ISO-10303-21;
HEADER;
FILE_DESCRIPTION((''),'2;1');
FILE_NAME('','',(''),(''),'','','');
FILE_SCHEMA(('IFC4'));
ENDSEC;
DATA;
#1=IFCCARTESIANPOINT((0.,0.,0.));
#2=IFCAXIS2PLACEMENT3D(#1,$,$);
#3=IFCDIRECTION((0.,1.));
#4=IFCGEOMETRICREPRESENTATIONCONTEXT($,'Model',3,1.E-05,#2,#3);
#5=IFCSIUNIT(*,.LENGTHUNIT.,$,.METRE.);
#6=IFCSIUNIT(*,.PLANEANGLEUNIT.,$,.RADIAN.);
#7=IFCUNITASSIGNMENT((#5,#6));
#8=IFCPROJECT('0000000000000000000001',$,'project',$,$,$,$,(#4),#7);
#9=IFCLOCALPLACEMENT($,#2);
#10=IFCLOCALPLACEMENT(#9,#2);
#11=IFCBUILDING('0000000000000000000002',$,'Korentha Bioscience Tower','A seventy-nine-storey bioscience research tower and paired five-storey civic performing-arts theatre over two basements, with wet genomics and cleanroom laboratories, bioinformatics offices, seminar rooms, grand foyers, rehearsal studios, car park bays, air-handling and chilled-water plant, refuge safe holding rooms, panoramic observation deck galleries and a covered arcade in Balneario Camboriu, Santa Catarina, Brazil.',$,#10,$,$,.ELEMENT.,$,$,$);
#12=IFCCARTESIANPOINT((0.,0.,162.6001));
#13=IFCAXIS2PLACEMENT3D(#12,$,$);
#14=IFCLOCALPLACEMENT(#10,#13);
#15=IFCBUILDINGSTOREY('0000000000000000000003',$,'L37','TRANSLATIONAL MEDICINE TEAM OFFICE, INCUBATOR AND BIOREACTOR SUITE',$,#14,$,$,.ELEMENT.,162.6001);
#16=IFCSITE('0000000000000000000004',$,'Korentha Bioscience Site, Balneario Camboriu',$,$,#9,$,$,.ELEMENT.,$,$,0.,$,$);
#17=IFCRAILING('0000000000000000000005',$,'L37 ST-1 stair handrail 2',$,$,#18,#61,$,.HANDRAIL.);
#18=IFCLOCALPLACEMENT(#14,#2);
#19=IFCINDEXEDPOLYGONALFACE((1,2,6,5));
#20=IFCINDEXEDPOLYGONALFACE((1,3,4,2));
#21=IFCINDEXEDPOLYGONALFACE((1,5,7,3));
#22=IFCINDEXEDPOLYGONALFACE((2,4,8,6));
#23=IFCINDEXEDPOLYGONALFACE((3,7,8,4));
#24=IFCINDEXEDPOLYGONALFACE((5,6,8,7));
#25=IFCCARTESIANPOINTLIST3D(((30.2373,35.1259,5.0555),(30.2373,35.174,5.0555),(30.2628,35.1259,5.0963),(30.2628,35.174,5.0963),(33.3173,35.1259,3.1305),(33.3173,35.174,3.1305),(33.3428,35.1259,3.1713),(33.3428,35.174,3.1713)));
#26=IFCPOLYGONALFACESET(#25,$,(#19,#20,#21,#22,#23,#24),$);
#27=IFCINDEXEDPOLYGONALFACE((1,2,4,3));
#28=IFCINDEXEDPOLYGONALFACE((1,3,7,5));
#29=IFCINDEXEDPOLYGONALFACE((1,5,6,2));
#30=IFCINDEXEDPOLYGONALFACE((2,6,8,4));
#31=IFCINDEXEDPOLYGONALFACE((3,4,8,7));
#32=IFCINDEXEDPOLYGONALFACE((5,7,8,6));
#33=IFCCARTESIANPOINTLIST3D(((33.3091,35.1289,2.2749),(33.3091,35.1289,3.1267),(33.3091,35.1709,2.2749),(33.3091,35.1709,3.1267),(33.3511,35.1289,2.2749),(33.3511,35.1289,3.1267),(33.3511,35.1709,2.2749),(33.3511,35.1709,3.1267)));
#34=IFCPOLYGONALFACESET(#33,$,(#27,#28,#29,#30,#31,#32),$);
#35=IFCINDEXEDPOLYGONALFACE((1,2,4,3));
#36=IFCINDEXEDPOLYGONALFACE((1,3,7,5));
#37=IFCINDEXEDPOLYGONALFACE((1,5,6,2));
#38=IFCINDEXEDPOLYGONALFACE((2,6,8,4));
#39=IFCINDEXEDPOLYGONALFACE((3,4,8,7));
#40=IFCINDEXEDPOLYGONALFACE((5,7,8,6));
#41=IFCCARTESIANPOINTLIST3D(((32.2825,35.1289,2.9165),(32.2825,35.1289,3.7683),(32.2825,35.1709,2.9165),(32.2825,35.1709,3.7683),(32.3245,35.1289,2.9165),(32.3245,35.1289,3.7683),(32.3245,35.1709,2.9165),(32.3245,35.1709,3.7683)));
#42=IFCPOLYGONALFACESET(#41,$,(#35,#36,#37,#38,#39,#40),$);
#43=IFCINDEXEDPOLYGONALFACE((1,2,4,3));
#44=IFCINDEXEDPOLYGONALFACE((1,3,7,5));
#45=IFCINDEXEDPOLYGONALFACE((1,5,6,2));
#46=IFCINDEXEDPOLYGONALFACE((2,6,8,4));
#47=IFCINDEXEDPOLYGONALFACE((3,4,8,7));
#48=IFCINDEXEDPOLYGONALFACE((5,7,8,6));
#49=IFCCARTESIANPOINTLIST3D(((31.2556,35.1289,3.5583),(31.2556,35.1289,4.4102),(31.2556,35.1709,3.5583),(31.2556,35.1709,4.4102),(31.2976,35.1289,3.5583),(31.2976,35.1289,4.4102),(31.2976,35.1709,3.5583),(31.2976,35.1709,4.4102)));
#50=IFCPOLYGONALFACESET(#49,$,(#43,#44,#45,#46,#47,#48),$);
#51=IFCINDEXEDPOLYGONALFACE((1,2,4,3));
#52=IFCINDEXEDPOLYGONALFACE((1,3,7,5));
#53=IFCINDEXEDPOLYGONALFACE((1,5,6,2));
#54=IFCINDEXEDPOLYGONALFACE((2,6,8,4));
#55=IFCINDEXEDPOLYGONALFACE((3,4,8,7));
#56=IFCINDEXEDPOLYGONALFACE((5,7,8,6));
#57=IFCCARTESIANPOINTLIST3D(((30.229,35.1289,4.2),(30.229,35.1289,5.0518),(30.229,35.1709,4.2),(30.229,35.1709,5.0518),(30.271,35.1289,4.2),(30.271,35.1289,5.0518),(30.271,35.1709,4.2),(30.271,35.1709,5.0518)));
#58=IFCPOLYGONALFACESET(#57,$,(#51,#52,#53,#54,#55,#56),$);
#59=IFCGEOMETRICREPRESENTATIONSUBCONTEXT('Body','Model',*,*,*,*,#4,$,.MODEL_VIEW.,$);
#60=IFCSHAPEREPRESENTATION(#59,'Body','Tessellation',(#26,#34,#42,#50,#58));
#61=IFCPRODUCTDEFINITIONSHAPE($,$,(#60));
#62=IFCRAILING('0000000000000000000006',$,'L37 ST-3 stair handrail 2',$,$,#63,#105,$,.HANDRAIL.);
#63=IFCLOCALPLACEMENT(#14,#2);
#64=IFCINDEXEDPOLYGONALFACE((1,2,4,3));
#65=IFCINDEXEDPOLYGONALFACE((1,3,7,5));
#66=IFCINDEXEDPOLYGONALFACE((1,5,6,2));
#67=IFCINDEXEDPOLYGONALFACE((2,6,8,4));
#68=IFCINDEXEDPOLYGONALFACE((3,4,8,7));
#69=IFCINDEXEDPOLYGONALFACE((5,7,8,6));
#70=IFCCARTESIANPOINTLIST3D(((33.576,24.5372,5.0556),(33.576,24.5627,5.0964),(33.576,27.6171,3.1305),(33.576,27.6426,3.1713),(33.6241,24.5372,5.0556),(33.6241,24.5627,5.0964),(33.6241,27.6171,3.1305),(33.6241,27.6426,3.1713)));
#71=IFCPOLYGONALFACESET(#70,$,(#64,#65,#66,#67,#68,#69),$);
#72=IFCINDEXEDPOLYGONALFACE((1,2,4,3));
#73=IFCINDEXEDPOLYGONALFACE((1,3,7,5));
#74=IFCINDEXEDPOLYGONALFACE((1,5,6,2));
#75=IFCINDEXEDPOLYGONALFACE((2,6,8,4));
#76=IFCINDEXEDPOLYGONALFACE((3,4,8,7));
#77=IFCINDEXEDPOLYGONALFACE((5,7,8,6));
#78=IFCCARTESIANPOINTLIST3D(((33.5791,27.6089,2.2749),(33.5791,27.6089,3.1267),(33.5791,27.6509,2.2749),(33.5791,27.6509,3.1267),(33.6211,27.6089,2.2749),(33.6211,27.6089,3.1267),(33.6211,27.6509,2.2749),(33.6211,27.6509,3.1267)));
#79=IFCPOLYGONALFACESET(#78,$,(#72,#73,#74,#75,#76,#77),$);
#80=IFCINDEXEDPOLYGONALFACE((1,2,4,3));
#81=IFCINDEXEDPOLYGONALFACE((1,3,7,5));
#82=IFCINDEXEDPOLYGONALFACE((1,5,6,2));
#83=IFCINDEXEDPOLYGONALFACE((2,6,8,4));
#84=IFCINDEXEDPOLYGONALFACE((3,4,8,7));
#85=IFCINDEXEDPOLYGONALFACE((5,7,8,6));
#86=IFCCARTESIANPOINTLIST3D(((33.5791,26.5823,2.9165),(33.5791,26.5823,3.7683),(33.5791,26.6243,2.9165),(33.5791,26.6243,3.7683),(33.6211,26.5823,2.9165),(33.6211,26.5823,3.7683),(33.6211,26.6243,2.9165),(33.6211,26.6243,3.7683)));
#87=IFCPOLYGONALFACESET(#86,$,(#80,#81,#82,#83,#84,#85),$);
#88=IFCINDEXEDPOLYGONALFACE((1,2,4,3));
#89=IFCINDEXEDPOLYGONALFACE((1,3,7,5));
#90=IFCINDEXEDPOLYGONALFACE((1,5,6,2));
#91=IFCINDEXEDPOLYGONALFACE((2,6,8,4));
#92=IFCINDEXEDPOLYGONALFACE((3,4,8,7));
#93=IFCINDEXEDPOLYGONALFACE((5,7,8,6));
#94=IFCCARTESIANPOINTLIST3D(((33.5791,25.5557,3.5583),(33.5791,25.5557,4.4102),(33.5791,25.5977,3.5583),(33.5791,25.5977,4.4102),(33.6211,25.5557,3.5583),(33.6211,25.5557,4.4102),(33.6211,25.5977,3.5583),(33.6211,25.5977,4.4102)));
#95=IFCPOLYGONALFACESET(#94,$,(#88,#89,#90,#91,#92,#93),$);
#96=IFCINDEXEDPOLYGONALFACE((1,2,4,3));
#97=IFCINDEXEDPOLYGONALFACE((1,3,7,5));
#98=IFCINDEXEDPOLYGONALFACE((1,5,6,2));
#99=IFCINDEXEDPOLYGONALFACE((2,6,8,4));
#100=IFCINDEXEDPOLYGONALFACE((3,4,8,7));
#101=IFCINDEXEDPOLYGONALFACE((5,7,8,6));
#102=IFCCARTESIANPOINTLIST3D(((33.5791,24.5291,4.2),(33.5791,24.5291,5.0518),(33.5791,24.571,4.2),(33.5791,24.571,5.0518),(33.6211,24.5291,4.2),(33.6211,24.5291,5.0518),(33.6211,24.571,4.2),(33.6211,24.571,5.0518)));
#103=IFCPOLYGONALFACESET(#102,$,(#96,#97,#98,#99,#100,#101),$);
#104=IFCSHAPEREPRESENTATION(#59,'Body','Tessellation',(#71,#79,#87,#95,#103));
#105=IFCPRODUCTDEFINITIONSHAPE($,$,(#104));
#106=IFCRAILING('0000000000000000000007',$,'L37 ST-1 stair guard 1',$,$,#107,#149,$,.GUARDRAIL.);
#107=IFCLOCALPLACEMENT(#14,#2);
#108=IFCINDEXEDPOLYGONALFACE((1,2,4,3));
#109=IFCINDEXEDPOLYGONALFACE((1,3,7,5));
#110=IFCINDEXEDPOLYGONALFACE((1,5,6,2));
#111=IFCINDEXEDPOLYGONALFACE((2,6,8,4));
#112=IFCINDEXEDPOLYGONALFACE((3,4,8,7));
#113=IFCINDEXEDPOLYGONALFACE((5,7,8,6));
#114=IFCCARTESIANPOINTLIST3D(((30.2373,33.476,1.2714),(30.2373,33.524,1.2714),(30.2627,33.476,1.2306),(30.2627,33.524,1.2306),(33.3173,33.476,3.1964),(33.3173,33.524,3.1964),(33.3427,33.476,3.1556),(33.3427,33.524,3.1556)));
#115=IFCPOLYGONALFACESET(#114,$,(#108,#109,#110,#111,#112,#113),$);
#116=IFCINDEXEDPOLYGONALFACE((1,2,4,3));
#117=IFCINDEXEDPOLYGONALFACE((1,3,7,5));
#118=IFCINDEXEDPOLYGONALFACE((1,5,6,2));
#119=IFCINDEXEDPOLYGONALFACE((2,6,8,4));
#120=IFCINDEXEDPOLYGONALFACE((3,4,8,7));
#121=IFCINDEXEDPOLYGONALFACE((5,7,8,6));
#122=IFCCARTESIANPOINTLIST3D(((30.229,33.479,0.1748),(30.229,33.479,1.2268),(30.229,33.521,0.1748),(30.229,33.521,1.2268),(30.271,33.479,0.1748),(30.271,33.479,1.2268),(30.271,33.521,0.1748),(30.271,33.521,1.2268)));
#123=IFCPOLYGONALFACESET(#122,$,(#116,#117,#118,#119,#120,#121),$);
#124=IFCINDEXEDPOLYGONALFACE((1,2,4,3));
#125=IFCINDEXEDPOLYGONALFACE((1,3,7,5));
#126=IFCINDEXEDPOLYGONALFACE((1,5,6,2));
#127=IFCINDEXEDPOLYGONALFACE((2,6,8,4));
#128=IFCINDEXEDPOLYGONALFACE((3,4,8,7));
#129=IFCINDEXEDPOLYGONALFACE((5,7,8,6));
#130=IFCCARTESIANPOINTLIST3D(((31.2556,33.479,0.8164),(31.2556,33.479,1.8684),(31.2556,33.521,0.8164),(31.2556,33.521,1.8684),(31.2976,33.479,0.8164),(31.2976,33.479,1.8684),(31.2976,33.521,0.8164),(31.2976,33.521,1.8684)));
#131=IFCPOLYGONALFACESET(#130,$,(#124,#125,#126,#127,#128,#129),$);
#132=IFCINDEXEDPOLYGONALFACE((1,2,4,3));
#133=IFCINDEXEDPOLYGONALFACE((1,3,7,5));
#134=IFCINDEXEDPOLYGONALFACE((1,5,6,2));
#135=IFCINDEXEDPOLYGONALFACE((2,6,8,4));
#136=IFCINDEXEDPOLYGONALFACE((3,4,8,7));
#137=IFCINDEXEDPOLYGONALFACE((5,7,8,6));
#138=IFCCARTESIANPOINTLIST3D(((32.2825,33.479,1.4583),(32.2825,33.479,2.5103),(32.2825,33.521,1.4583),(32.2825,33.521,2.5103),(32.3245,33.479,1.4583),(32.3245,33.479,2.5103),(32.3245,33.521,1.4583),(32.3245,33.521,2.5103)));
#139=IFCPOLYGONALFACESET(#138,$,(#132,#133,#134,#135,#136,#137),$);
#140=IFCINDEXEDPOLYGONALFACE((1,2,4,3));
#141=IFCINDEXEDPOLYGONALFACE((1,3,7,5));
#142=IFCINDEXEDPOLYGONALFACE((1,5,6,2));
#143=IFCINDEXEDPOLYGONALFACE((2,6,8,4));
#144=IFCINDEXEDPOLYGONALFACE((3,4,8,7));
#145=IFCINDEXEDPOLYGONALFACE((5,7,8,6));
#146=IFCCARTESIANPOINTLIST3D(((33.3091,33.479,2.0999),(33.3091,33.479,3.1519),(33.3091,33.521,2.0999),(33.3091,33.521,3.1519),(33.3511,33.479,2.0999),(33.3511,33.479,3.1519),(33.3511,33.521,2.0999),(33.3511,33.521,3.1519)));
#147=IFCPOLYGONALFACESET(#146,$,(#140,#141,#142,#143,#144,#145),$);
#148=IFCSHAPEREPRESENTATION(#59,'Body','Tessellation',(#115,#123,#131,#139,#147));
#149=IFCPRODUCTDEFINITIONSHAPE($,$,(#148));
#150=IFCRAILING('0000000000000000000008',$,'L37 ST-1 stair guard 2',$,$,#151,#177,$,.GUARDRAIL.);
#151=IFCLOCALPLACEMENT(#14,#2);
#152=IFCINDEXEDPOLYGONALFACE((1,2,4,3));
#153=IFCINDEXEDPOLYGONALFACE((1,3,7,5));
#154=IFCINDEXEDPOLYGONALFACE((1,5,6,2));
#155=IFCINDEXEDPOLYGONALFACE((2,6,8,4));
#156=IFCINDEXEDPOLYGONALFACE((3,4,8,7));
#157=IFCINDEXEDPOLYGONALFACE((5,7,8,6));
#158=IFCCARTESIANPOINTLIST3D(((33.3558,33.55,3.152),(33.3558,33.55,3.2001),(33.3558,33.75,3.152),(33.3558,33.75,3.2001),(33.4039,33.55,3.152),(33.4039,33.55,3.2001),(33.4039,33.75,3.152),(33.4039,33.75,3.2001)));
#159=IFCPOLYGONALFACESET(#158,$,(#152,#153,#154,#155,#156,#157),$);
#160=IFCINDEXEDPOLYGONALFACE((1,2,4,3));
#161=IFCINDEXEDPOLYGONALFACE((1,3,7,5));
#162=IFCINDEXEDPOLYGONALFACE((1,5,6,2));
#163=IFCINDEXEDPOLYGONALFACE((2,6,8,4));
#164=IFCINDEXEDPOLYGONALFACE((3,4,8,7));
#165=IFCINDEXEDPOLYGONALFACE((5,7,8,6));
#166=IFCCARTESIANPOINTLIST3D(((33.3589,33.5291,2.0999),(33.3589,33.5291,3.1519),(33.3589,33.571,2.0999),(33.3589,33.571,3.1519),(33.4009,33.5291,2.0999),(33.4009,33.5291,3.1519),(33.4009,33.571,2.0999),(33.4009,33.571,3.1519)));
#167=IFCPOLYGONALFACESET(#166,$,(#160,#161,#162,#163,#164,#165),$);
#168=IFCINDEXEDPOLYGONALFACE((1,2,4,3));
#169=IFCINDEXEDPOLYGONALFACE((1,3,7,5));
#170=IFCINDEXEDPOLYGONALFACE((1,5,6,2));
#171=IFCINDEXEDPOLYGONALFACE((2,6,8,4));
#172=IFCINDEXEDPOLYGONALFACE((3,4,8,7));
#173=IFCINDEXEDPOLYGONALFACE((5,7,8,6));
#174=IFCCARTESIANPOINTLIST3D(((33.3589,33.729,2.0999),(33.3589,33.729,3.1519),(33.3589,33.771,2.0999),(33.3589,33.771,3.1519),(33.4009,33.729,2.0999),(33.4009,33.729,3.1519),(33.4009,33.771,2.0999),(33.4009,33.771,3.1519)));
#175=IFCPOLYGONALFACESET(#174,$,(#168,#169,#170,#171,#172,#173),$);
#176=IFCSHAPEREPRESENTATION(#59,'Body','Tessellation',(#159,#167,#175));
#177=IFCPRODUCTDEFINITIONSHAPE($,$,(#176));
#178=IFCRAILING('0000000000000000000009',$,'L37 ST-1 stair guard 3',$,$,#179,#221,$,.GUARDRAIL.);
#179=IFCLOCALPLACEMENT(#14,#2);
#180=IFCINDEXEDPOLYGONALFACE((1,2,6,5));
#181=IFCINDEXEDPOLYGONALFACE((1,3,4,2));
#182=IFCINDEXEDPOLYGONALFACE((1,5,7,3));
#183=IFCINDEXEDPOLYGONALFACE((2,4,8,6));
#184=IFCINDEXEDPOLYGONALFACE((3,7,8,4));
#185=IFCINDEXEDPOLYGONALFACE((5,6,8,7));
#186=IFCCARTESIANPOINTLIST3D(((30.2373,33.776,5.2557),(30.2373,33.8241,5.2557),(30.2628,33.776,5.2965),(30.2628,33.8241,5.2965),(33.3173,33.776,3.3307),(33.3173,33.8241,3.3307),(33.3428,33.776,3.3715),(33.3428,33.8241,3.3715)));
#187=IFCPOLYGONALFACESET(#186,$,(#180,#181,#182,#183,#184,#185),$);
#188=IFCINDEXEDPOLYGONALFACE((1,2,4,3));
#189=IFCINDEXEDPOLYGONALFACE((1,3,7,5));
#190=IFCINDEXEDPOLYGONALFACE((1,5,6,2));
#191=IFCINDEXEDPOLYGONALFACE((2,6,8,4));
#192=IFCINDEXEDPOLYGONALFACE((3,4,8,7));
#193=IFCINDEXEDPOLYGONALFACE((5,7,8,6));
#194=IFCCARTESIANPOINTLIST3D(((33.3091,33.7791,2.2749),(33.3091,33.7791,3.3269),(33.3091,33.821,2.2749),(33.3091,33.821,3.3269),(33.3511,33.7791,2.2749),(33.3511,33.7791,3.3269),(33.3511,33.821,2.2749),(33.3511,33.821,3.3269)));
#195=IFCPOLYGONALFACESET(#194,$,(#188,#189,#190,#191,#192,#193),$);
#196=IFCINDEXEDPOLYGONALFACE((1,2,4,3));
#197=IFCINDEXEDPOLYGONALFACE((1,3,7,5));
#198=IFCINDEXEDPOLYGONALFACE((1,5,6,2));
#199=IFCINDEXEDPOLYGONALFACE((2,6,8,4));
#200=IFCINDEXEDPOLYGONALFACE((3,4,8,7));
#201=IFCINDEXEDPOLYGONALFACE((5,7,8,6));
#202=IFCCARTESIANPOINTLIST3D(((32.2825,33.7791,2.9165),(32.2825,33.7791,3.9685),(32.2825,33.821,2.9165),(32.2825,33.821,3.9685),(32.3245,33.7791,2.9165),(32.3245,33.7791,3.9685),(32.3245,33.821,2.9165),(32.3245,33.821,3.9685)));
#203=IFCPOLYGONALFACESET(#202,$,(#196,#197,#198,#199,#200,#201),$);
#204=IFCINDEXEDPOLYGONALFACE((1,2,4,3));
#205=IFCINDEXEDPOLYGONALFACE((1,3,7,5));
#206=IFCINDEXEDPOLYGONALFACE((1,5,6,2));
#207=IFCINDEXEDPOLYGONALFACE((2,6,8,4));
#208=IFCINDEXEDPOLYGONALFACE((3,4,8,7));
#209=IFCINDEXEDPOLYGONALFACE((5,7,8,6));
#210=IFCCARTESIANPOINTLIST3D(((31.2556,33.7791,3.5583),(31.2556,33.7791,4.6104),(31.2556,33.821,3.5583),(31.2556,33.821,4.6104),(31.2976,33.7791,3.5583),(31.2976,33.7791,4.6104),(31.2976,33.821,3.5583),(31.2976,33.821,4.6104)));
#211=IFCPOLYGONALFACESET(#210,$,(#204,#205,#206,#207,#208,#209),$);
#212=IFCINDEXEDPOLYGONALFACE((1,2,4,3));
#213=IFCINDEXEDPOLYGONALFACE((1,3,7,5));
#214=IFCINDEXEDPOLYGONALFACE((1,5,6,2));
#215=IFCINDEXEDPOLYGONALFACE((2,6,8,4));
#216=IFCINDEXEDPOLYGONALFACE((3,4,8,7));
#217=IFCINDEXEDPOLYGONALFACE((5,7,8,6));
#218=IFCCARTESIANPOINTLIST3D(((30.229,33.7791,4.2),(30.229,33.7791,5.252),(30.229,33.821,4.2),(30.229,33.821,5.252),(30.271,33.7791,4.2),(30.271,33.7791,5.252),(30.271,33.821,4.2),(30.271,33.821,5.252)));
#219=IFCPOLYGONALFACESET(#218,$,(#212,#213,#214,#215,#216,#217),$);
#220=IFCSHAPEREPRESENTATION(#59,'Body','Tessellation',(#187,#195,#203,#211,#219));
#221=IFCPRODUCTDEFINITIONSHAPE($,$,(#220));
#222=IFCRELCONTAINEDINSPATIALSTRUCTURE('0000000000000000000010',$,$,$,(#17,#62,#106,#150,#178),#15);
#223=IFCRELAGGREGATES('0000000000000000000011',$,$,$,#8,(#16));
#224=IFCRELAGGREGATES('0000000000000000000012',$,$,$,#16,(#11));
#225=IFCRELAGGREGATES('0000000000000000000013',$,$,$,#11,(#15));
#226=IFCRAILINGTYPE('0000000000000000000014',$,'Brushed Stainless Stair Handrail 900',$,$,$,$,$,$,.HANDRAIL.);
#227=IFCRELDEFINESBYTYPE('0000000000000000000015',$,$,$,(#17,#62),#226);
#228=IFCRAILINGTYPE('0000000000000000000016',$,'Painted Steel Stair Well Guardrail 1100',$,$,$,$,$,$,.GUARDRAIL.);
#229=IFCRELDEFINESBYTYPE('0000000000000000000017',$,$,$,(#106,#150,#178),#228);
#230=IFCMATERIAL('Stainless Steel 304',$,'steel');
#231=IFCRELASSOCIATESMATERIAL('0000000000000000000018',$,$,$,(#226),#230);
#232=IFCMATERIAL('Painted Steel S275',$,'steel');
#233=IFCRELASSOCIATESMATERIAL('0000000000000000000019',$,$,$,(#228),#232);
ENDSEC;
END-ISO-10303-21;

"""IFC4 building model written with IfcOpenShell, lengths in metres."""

from ifc_helpers import new_model, si_unit, direction, frame, origin, origin_2d, place, context, subcontext, project, spatial, rectangle, extrude, material, type_object, element, save


model = new_model("IFC4")

# Units and contexts
model_context = context("Model", 3, precision=1e-05, world=origin(), true_north=direction((0.0, 1.0)))
body_context = subcontext(model_context, "Body", "Model", "MODEL_VIEW")
ifc_project = project(units=[si_unit("LENGTHUNIT", "METRE"), si_unit("PLANEANGLEUNIT", "RADIAN")], contexts=[model_context])

# Site, building, storey
site_placement = place(None, origin())
site = spatial("IfcSite", under=ifc_project, at=site_placement, Name="Korentha Bioscience Site, Balneario Camboriu", CompositionType="ELEMENT", RefElevation=0.0)
building_placement = place(site_placement, origin())
building = spatial("IfcBuilding", under=site, at=building_placement, Name="Korentha Bioscience Tower", Description="A seventy-nine-storey bioscience research tower and paired five-storey civic performing-arts theatre over two basements, with wet genomics and cleanroom laboratories, bioinformatics offices, seminar rooms, grand foyers, rehearsal studios, car park bays, air-handling and chilled-water plant, refuge safe holding rooms, panoramic observation deck galleries and a covered arcade in Balneario Camboriu, Santa Catarina, Brazil.", CompositionType="ELEMENT")
storey_placement = place(building_placement, frame((0.0, 0.0, 162.6001)))
storey = spatial("IfcBuildingStorey", under=building, at=storey_placement, Name="L37", Description="TRANSLATIONAL MEDICINE TEAM OFFICE, INCUBATOR AND BIOREACTOR SUITE", CompositionType="ELEMENT", Elevation=162.6001)

# Railings
ifc_material_1 = material(Name="Stainless Steel 304", Category="steel")
railing_type_1 = type_object("IfcRailingType", Name="Brushed Stainless Stair Handrail 900", PredefinedType="HANDRAIL", material=ifc_material_1)
railing_1_placement = place(storey_placement, frame((33.3301, 35.1499, 2.2749)))
element("IfcRailing", 1, at=railing_1_placement, inside=storey, type_object=railing_type_1, Name="L37 ST-1 stair handrail 2", PredefinedType="HANDRAIL", context=body_context, shape_type="SweptSolid", body=[
    extrude(rectangle(XDim=0.0481, YDim=0.0481, at=origin_2d()), frame((0.0, 0.0, 0.876), z_axis=(-0.847998, 0.0, 0.529999), x_axis=(0.0, -1.0, 0.0)), (0.0, 0.0, 1.0), 3.6321),
    extrude(rectangle(XDim=0.042, YDim=0.042, at=origin_2d()), origin(), (0.0, 0.0, 1.0), 0.8518),
    extrude(rectangle(XDim=0.042, YDim=0.042, at=origin_2d()), frame((-1.0266, 0.0, 0.6416)), (0.0, 0.0, 1.0), 0.8518),
    extrude(rectangle(XDim=0.042, YDim=0.042, at=origin_2d()), frame((-2.0535, 0.0, 1.2834)), (0.0, 0.0, 1.0), 0.8518),
    extrude(rectangle(XDim=0.042, YDim=0.042, at=origin_2d()), frame((-3.0801, 0.0, 1.925)), (0.0, 0.0, 1.0), 0.8518),
])
railing_2_placement = place(storey_placement, frame((33.6001, 27.6299, 2.2749)))
element("IfcRailing", 2, at=railing_2_placement, inside=storey, type_object=railing_type_1, Name="L37 ST-3 stair handrail 2", PredefinedType="HANDRAIL", context=body_context, shape_type="SweptSolid", body=[
    extrude(rectangle(XDim=0.0481, YDim=0.0481, at=origin_2d()), frame((0.0, 0.0, 0.876), z_axis=(0.0, -0.847979, 0.530029), x_axis=(1.0, 0.0, 0.0)), (0.0, 0.0, 1.0), 3.6321),
    extrude(rectangle(XDim=0.042, YDim=0.042, at=origin_2d()), origin(), (0.0, 0.0, 1.0), 0.8518),
    extrude(rectangle(XDim=0.042, YDim=0.042, at=origin_2d()), frame((0.0, -1.0266, 0.6416)), (0.0, 0.0, 1.0), 0.8518),
    extrude(rectangle(XDim=0.042, YDim=0.042, at=origin_2d()), frame((0.0, -2.0532, 1.2834)), (0.0, 0.0, 1.0), 0.8518),
    extrude(rectangle(XDim=0.042, YDim=0.042, at=origin_2d()), frame((0.0, -3.0798, 1.925)), (0.0, 0.0, 1.0), 0.8518),
])
ifc_material_2 = material(Name="Painted Steel S275", Category="steel")
railing_type_2 = type_object("IfcRailingType", Name="Painted Steel Stair Well Guardrail 1100", PredefinedType="GUARDRAIL", material=ifc_material_2)
railing_3_placement = place(storey_placement, frame((30.25, 33.5, 0.1748)))
element("IfcRailing", 3, at=railing_3_placement, inside=storey, type_object=railing_type_2, Name="L37 ST-1 stair guard 1", PredefinedType="GUARDRAIL", context=body_context, shape_type="SweptSolid", body=[
    extrude(rectangle(XDim=0.0481, YDim=0.0481, at=origin_2d()), frame((0.0, 0.0, 1.0762), z_axis=(0.847998, 0.0, 0.529999), x_axis=(0.0, 1.0, 0.0)), (0.0, 0.0, 1.0), 3.6321),
    extrude(rectangle(XDim=0.042, YDim=0.042, at=origin_2d()), origin(), (0.0, 0.0, 1.0), 1.052),
    extrude(rectangle(XDim=0.042, YDim=0.042, at=origin_2d()), frame((1.0266, 0.0, 0.6416)), (0.0, 0.0, 1.0), 1.052),
    extrude(rectangle(XDim=0.042, YDim=0.042, at=origin_2d()), frame((2.0535, 0.0, 1.2834)), (0.0, 0.0, 1.0), 1.052),
    extrude(rectangle(XDim=0.042, YDim=0.042, at=origin_2d()), frame((3.0801, 0.0, 1.925)), (0.0, 0.0, 1.0), 1.052),
])
railing_4_placement = place(storey_placement, frame((33.3799, 33.55, 2.0999)))
element("IfcRailing", 4, at=railing_4_placement, inside=storey, type_object=railing_type_2, Name="L37 ST-1 stair guard 2", PredefinedType="GUARDRAIL", context=body_context, shape_type="SweptSolid", body=[
    extrude(rectangle(XDim=0.0481, YDim=0.0481, at=origin_2d()), frame((0.0, 0.0, 1.0762), z_axis=(0.0, 1.0, 0.0), x_axis=(-1.0, 0.0, 0.0)), (0.0, 0.0, 1.0), 0.2),
    extrude(rectangle(XDim=0.042, YDim=0.042, at=origin_2d()), origin(), (0.0, 0.0, 1.0), 1.052),
    extrude(rectangle(XDim=0.042, YDim=0.042, at=origin_2d()), frame((0.0, 0.2, 0.0)), (0.0, 0.0, 1.0), 1.052),
])
railing_5_placement = place(storey_placement, frame((33.3301, 33.8, 2.2749)))
element("IfcRailing", 5, at=railing_5_placement, inside=storey, type_object=railing_type_2, Name="L37 ST-1 stair guard 3", PredefinedType="GUARDRAIL", context=body_context, shape_type="SweptSolid", body=[
    extrude(rectangle(XDim=0.0481, YDim=0.0481, at=origin_2d()), frame((0.0, 0.0, 1.0762), z_axis=(-0.847998, 0.0, 0.529999), x_axis=(0.0, -1.0, 0.0)), (0.0, 0.0, 1.0), 3.6321),
    extrude(rectangle(XDim=0.042, YDim=0.042, at=origin_2d()), origin(), (0.0, 0.0, 1.0), 1.052),
    extrude(rectangle(XDim=0.042, YDim=0.042, at=origin_2d()), frame((-1.0266, 0.0, 0.6416)), (0.0, 0.0, 1.0), 1.052),
    extrude(rectangle(XDim=0.042, YDim=0.042, at=origin_2d()), frame((-2.0535, 0.0, 1.2834)), (0.0, 0.0, 1.0), 1.052),
    extrude(rectangle(XDim=0.042, YDim=0.042, at=origin_2d()), frame((-3.0801, 0.0, 1.925)), (0.0, 0.0, 1.0), 1.052),
])

save(model, "model.ifc")
